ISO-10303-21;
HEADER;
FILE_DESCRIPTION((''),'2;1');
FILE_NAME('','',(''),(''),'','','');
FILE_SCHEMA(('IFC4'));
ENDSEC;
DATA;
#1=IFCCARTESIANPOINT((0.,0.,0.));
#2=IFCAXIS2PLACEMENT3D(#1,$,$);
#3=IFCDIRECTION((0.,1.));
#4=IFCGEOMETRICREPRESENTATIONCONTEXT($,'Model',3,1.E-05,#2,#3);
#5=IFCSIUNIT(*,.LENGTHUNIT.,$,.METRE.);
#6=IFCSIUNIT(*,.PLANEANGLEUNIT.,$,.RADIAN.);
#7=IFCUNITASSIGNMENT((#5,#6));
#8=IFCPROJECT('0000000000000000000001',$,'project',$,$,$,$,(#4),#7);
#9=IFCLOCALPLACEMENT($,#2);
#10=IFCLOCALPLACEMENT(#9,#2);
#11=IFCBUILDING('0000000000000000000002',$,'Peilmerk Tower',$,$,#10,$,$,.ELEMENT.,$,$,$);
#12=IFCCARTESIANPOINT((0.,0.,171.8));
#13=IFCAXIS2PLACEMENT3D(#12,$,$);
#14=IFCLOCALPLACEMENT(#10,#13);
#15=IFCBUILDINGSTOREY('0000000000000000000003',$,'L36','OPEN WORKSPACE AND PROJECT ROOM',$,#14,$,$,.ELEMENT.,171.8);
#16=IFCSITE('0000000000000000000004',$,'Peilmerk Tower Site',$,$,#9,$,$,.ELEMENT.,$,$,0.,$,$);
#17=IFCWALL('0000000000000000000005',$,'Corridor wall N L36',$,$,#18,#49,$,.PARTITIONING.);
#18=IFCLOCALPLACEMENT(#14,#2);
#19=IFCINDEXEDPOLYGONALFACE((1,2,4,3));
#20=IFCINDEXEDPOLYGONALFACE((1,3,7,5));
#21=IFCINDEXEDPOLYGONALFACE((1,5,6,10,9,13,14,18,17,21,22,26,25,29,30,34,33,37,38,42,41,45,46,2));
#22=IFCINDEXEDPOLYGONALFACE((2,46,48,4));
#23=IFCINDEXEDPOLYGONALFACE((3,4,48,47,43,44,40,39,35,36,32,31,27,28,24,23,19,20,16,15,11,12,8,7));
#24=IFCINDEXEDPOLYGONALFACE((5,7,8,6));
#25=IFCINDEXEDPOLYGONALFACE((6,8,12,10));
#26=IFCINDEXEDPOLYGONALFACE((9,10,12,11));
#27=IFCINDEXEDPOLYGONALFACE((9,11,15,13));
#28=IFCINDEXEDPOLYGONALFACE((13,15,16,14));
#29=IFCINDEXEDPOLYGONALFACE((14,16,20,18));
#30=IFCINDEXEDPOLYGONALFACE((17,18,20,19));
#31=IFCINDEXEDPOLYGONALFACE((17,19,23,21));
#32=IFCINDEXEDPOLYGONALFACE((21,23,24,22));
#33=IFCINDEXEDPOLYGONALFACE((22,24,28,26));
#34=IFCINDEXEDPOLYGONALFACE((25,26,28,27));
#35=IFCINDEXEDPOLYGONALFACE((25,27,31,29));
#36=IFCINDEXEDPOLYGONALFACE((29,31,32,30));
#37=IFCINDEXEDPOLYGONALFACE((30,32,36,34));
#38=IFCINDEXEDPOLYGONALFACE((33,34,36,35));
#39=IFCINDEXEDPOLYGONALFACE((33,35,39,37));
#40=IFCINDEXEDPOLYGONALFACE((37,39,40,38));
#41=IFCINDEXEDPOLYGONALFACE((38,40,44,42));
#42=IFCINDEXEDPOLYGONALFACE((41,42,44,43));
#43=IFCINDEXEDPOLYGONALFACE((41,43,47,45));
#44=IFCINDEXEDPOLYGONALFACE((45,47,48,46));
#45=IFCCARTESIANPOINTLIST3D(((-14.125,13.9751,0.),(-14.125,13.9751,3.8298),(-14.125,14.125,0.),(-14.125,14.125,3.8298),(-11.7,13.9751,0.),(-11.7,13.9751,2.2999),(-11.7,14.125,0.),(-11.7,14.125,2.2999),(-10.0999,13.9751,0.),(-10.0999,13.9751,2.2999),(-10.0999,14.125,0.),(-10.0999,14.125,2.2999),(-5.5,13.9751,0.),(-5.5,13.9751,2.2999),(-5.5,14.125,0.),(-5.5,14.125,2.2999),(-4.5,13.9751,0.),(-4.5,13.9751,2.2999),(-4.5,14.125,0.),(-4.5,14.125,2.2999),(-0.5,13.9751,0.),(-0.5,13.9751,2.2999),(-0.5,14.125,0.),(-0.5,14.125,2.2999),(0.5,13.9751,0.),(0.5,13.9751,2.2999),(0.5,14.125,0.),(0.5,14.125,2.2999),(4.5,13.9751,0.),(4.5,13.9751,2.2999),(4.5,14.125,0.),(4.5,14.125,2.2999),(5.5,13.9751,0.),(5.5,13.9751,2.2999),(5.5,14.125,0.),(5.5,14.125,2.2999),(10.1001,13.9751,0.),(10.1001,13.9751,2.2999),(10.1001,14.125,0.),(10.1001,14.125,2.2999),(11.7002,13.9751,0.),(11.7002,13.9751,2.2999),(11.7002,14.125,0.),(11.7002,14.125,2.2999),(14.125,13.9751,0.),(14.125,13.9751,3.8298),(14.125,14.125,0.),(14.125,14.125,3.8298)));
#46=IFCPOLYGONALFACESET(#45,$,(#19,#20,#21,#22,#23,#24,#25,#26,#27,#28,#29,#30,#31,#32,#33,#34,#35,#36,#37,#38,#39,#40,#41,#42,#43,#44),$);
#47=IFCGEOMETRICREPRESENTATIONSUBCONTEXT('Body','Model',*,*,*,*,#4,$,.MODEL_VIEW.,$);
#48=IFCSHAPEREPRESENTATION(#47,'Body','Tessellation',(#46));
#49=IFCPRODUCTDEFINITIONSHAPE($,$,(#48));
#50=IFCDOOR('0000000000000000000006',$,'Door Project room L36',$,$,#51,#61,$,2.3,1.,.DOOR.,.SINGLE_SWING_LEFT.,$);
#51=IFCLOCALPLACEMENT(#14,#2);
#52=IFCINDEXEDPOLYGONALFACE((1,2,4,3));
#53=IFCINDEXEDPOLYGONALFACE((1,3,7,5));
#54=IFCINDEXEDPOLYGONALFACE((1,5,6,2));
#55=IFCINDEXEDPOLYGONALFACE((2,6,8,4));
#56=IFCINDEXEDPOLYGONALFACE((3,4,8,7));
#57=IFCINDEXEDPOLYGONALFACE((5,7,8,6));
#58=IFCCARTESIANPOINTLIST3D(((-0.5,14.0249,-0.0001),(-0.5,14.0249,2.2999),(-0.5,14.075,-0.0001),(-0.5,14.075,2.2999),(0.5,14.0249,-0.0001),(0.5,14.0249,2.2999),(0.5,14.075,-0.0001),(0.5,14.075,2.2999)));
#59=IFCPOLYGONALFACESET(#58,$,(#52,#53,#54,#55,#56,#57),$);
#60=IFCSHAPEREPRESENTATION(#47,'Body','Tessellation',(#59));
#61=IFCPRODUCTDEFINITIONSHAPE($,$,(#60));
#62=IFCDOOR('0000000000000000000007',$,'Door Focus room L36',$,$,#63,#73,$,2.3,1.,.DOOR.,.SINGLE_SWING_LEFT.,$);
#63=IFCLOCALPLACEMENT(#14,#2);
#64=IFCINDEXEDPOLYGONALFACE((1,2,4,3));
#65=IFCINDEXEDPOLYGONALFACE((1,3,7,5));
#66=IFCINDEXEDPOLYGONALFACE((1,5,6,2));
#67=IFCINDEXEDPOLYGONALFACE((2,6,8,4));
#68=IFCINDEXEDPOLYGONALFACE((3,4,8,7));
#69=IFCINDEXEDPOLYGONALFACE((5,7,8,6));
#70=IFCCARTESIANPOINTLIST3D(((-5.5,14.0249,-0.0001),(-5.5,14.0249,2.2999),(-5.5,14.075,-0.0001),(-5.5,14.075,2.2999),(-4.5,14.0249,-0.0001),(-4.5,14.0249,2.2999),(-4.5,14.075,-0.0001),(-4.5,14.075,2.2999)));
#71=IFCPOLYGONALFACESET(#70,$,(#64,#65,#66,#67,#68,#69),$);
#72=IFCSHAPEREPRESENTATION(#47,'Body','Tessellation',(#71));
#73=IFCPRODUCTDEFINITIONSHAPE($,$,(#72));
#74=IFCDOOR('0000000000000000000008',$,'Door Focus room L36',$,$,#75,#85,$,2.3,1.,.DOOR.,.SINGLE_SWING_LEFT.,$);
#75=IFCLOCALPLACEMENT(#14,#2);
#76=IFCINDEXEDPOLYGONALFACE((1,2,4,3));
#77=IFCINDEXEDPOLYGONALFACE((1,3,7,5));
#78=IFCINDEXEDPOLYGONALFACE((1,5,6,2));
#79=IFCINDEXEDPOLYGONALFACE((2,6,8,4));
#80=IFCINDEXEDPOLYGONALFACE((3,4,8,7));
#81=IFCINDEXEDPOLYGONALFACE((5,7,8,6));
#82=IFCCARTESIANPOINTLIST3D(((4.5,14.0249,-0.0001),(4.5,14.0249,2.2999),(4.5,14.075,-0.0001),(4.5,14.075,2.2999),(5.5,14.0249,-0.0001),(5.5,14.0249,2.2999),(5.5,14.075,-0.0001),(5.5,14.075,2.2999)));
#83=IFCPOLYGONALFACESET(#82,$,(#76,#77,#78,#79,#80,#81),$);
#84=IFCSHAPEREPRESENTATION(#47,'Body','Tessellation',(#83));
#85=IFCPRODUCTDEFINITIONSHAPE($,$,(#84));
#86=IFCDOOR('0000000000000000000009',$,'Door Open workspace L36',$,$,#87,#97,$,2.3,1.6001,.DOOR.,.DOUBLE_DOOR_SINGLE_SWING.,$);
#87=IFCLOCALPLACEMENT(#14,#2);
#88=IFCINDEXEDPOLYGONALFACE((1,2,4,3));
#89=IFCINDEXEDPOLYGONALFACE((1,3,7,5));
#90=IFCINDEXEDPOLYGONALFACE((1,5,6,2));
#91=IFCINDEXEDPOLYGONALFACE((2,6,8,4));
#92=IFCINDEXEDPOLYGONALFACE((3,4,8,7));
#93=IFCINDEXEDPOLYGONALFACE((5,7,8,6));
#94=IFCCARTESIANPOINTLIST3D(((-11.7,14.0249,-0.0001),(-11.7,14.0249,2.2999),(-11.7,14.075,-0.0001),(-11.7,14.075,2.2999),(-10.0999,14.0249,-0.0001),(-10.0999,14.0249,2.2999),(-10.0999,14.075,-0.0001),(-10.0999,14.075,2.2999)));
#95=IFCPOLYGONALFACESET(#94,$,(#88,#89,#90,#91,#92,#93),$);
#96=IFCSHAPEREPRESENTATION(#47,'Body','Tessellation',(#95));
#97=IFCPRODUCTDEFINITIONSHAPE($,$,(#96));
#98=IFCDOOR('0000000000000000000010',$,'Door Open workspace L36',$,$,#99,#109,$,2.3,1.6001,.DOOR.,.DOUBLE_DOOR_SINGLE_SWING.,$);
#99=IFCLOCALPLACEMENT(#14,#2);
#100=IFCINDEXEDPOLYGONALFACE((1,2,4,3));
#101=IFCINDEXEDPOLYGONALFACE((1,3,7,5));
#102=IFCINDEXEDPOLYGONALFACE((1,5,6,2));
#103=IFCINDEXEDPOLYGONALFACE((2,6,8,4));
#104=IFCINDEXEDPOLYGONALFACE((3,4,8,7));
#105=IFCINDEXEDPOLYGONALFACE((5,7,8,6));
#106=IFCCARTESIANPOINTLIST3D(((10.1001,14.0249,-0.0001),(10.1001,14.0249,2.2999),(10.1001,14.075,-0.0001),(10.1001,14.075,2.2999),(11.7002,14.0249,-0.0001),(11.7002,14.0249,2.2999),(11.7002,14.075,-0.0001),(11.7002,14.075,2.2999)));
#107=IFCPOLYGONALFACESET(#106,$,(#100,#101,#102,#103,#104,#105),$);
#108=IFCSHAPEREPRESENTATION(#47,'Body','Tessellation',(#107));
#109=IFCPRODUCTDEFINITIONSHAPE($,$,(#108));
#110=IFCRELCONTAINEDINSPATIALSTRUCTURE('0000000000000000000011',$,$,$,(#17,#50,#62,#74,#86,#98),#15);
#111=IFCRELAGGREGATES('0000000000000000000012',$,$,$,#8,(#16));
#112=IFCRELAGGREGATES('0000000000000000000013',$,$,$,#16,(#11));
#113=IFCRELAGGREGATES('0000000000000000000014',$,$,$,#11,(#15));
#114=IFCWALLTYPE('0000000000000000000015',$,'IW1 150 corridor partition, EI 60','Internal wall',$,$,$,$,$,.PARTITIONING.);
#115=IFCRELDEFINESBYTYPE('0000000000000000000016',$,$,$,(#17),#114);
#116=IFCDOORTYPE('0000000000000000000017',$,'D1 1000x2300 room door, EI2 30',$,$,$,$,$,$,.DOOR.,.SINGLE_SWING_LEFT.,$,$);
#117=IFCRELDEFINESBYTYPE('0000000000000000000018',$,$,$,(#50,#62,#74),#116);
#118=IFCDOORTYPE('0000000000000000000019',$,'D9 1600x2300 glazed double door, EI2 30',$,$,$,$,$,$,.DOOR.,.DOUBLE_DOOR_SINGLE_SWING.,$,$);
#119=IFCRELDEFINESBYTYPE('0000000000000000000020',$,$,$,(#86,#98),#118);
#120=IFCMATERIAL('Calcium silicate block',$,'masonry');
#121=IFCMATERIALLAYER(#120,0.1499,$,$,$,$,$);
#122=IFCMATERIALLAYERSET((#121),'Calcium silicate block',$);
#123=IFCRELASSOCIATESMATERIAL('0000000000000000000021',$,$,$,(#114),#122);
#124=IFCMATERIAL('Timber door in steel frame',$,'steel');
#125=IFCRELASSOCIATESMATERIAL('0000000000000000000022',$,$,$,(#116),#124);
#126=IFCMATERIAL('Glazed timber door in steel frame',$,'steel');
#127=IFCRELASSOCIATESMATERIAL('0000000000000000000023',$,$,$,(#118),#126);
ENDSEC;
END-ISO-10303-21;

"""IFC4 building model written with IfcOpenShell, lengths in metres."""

from ifc_helpers import new_model, si_unit, direction, frame, frame_2d, origin, place, context, subcontext, project, spatial, rectangle, extrude, material, layer, layer_set, type_object, element, fill, save


model = new_model("IFC4")

# Units and contexts
model_context = context("Model", 3, precision=1e-05, world=origin(), true_north=direction((0.0, 1.0)))
body_context = subcontext(model_context, "Body", "Model", "MODEL_VIEW")
ifc_project = project(units=[si_unit("LENGTHUNIT", "METRE"), si_unit("PLANEANGLEUNIT", "RADIAN")], contexts=[model_context])

# Site, building, storey
site_placement = place(None, origin())
site = spatial("IfcSite", under=ifc_project, at=site_placement, Name="Peilmerk Tower Site", CompositionType="ELEMENT", RefElevation=0.0)
building_placement = place(site_placement, origin())
building = spatial("IfcBuilding", under=site, at=building_placement, Name="Peilmerk Tower", CompositionType="ELEMENT")
storey_placement = place(building_placement, frame((0.0, 0.0, 171.8)))
storey = spatial("IfcBuildingStorey", under=building, at=storey_placement, Name="L36", Description="OPEN WORKSPACE AND PROJECT ROOM", CompositionType="ELEMENT", Elevation=171.8)

# Wall, openings, doors
ifc_material_1 = material(Name="Calcium silicate block", Category="masonry")
ifc_layer_1 = layer(ifc_material_1, 0.1499)
ifc_layer_set_1 = layer_set([ifc_layer_1], Name="Calcium silicate block")
wall_type_1 = type_object("IfcWallType", Name="IW1 150 corridor partition, EI 60", Description="Internal wall", PredefinedType="PARTITIONING", material=ifc_layer_set_1)
wall_1_placement = place(storey_placement, frame((-14.125, 14.05, 0.0), z_axis=(0.0, 0.0, 1.0), x_axis=(1.0, 0.0, 0.0)))
wall_1 = element("IfcWall", 1, at=wall_1_placement, inside=storey, type_object=wall_type_1, Name="Corridor wall N L36", PredefinedType="PARTITIONING", context=body_context, shape_type="SweptSolid", body=[
    extrude(rectangle(XDim=28.25, YDim=0.1499, at=frame_2d((14.125, 0.0))), origin(), (0.0, 0.0, 1.0), 3.8298),
])
opening_1_placement = place(wall_1_placement, frame((2.425, 0.0, 0.0)))
opening_1 = element("IfcOpeningElement", 2, at=opening_1_placement, cuts=wall_1, PredefinedType="OPENING", context=body_context, shape_type="SweptSolid", body=[
    extrude(rectangle(XDim=1.6001, YDim=2.3, at=frame_2d((0.8, 1.1499))), frame((0.0, 0.085, 0.0), z_axis=(0.0, -1.0, 0.0), x_axis=(1.0, 0.0, 0.0)), (0.0, 0.0, 1.0), 0.1699),
])
opening_2_placement = place(wall_1_placement, frame((13.625, 0.0, 0.0)))
opening_2 = element("IfcOpeningElement", 3, at=opening_2_placement, cuts=wall_1, PredefinedType="OPENING", context=body_context, shape_type="SweptSolid", body=[
    extrude(rectangle(XDim=1.0, YDim=2.3, at=frame_2d((0.5, 1.1499))), frame((0.0, 0.085, 0.0), z_axis=(0.0, -1.0, 0.0), x_axis=(1.0, 0.0, 0.0)), (0.0, 0.0, 1.0), 0.1699),
])
opening_3_placement = place(wall_1_placement, frame((24.2251, 0.0, 0.0)))
opening_3 = element("IfcOpeningElement", 4, at=opening_3_placement, cuts=wall_1, PredefinedType="OPENING", context=body_context, shape_type="SweptSolid", body=[
    extrude(rectangle(XDim=1.6001, YDim=2.3, at=frame_2d((0.8, 1.1499))), frame((0.0, 0.085, 0.0), z_axis=(0.0, -1.0, 0.0), x_axis=(1.0, 0.0, 0.0)), (0.0, 0.0, 1.0), 0.1699),
])
opening_4_placement = place(wall_1_placement, frame((8.625, 0.0, 0.0)))
opening_4 = element("IfcOpeningElement", 5, at=opening_4_placement, cuts=wall_1, PredefinedType="OPENING", context=body_context, shape_type="SweptSolid", body=[
    extrude(rectangle(XDim=1.0, YDim=2.3, at=frame_2d((0.5, 1.1499))), frame((0.0, 0.085, 0.0), z_axis=(0.0, -1.0, 0.0), x_axis=(1.0, 0.0, 0.0)), (0.0, 0.0, 1.0), 0.1699),
])
opening_5_placement = place(wall_1_placement, frame((18.625, 0.0, 0.0)))
opening_5 = element("IfcOpeningElement", 6, at=opening_5_placement, cuts=wall_1, PredefinedType="OPENING", context=body_context, shape_type="SweptSolid", body=[
    extrude(rectangle(XDim=1.0, YDim=2.3, at=frame_2d((0.5, 1.1499))), frame((0.0, 0.085, 0.0), z_axis=(0.0, -1.0, 0.0), x_axis=(1.0, 0.0, 0.0)), (0.0, 0.0, 1.0), 0.1699),
])
ifc_material_2 = material(Name="Timber door in steel frame", Category="steel")
door_type_1 = type_object("IfcDoorType", Name="D1 1000x2300 room door, EI2 30", OperationType="SINGLE_SWING_LEFT", PredefinedType="DOOR", material=ifc_material_2)
door_1_placement = place(opening_2_placement, origin())
door_1 = element("IfcDoor", 7, at=door_1_placement, inside=storey, type_object=door_type_1, Name="Door Project room L36", OperationType="SINGLE_SWING_LEFT", OverallHeight=2.3, OverallWidth=1.0, PredefinedType="DOOR", context=body_context, shape_type="SweptSolid", body=[
    extrude(rectangle(XDim=1.0, YDim=2.3, at=frame_2d((0.5, 1.1499))), frame((0.0, 0.0249, 0.0), z_axis=(0.0, -1.0, 0.0), x_axis=(1.0, 0.0, 0.0)), (0.0, 0.0, 1.0), 0.05),
])
fill(opening_2, door_1)
door_2_placement = place(opening_4_placement, origin())
door_2 = element("IfcDoor", 8, at=door_2_placement, inside=storey, type_object=door_type_1, Name="Door Focus room L36", OperationType="SINGLE_SWING_LEFT", OverallHeight=2.3, OverallWidth=1.0, PredefinedType="DOOR", context=body_context, shape_type="SweptSolid", body=[
    extrude(rectangle(XDim=1.0, YDim=2.3, at=frame_2d((0.5, 1.1499))), frame((0.0, 0.0249, 0.0), z_axis=(0.0, -1.0, 0.0), x_axis=(1.0, 0.0, 0.0)), (0.0, 0.0, 1.0), 0.05),
])
fill(opening_4, door_2)
door_3_placement = place(opening_5_placement, origin())
door_3 = element("IfcDoor", 9, at=door_3_placement, inside=storey, type_object=door_type_1, Name="Door Focus room L36", OperationType="SINGLE_SWING_LEFT", OverallHeight=2.3, OverallWidth=1.0, PredefinedType="DOOR", context=body_context, shape_type="SweptSolid", body=[
    extrude(rectangle(XDim=1.0, YDim=2.3, at=frame_2d((0.5, 1.1499))), frame((0.0, 0.0249, 0.0), z_axis=(0.0, -1.0, 0.0), x_axis=(1.0, 0.0, 0.0)), (0.0, 0.0, 1.0), 0.05),
])
fill(opening_5, door_3)
ifc_material_3 = material(Name="Glazed timber door in steel frame", Category="steel")
door_type_2 = type_object("IfcDoorType", Name="D9 1600x2300 glazed double door, EI2 30", OperationType="DOUBLE_DOOR_SINGLE_SWING", PredefinedType="DOOR", material=ifc_material_3)
door_4_placement = place(opening_1_placement, origin())
door_4 = element("IfcDoor", 10, at=door_4_placement, inside=storey, type_object=door_type_2, Name="Door Open workspace L36", OperationType="DOUBLE_DOOR_SINGLE_SWING", OverallHeight=2.3, OverallWidth=1.6001, PredefinedType="DOOR", context=body_context, shape_type="SweptSolid", body=[
    extrude(rectangle(XDim=1.6001, YDim=2.3, at=frame_2d((0.8, 1.1499))), frame((0.0, 0.0249, 0.0), z_axis=(0.0, -1.0, 0.0), x_axis=(1.0, 0.0, 0.0)), (0.0, 0.0, 1.0), 0.05),
])
fill(opening_1, door_4)
door_5_placement = place(opening_3_placement, origin())
door_5 = element("IfcDoor", 11, at=door_5_placement, inside=storey, type_object=door_type_2, Name="Door Open workspace L36", OperationType="DOUBLE_DOOR_SINGLE_SWING", OverallHeight=2.3, OverallWidth=1.6001, PredefinedType="DOOR", context=body_context, shape_type="SweptSolid", body=[
    extrude(rectangle(XDim=1.6001, YDim=2.3, at=frame_2d((0.8, 1.1499))), frame((0.0, 0.0249, 0.0), z_axis=(0.0, -1.0, 0.0), x_axis=(1.0, 0.0, 0.0)), (0.0, 0.0, 1.0), 0.05),
])
fill(opening_3, door_5)

save(model, "model.ifc")
